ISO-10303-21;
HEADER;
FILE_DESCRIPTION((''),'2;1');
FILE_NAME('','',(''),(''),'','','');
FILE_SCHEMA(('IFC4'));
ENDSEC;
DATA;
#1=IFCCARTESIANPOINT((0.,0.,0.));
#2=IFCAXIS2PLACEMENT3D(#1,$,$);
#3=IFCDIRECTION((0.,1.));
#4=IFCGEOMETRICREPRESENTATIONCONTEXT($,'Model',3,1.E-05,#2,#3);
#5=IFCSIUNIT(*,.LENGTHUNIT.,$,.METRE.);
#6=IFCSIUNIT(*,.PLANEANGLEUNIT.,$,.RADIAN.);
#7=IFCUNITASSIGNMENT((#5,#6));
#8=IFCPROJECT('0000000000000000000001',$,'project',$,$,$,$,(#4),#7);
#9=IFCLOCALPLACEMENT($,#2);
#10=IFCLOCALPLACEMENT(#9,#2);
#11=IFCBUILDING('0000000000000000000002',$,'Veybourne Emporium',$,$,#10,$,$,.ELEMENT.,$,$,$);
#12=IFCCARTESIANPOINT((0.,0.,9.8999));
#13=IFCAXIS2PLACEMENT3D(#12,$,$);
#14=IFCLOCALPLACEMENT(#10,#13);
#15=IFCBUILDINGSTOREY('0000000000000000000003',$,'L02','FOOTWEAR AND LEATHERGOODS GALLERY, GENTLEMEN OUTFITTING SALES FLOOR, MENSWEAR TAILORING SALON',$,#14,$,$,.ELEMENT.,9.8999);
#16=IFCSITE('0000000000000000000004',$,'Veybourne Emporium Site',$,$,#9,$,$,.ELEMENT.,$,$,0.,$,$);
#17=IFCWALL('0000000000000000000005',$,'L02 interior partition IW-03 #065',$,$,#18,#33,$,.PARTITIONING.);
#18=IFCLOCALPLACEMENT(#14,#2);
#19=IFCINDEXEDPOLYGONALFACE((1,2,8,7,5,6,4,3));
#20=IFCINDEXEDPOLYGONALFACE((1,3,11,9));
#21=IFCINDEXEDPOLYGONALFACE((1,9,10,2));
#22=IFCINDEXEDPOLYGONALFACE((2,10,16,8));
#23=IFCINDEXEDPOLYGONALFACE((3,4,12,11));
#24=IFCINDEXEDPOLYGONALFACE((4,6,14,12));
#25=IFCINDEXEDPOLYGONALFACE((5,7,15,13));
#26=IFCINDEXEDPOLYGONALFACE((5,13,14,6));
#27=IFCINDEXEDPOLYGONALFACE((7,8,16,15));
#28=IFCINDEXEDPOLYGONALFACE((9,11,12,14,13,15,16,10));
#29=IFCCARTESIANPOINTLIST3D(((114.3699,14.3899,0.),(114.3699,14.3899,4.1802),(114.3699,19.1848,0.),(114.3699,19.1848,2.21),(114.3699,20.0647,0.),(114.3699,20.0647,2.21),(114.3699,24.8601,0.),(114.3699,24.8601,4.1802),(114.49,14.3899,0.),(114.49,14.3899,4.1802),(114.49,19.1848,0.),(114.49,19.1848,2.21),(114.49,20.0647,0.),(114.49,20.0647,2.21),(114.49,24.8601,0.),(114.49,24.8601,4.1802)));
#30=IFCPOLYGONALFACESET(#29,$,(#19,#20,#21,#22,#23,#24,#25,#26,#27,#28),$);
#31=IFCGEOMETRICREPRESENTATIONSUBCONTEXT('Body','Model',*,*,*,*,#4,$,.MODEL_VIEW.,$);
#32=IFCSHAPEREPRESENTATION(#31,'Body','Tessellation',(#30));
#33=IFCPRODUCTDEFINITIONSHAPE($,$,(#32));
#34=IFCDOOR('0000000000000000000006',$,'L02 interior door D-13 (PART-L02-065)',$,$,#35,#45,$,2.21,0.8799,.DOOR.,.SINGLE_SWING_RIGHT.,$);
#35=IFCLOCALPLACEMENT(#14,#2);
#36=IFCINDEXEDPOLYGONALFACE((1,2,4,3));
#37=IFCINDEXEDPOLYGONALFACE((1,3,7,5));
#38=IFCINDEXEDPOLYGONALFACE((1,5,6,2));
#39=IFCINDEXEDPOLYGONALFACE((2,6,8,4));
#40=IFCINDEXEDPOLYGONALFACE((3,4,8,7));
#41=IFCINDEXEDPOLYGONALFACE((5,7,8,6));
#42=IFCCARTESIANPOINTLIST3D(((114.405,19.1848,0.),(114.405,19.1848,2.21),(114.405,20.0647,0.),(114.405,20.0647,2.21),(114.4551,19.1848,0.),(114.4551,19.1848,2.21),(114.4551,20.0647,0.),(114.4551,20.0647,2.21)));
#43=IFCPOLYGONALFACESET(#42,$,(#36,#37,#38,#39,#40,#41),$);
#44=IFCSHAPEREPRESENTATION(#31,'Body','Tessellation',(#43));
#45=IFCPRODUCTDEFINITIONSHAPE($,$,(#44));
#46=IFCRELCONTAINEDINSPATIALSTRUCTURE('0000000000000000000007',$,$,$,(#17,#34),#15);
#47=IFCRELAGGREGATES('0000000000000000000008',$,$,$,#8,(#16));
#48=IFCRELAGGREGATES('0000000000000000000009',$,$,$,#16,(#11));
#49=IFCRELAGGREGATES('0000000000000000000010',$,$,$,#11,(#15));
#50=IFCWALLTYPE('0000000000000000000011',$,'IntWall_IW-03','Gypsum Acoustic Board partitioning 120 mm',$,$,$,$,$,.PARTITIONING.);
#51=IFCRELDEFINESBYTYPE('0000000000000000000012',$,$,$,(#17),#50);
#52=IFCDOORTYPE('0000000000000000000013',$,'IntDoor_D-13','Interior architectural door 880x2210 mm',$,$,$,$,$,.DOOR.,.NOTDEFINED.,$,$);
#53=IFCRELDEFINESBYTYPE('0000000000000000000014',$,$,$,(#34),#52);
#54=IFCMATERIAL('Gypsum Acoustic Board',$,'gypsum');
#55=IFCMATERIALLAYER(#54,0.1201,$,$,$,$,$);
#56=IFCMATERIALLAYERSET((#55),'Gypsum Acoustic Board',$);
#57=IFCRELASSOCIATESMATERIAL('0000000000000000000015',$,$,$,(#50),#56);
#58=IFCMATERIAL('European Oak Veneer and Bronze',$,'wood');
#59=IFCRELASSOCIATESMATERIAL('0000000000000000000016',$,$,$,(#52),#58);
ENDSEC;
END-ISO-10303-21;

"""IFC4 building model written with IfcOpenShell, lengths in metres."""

from ifc_helpers import new_model, si_unit, direction, frame, frame_2d, origin, place, context, subcontext, project, spatial, rectangle, extrude, material, layer, layer_set, type_object, element, fill, save


model = new_model("IFC4")

# Units and contexts
model_context = context("Model", 3, precision=1e-05, world=origin(), true_north=direction((0.0, 1.0)))
body_context = subcontext(model_context, "Body", "Model", "MODEL_VIEW")
ifc_project = project(units=[si_unit("LENGTHUNIT", "METRE"), si_unit("PLANEANGLEUNIT", "RADIAN")], contexts=[model_context])

# Site, building, storey
site_placement = place(None, origin())
site = spatial("IfcSite", under=ifc_project, at=site_placement, Name="Veybourne Emporium Site", CompositionType="ELEMENT", RefElevation=0.0)
building_placement = place(site_placement, origin())
building = spatial("IfcBuilding", under=site, at=building_placement, Name="Veybourne Emporium", CompositionType="ELEMENT")
storey_placement = place(building_placement, frame((0.0, 0.0, 9.8999)))
storey = spatial("IfcBuildingStorey", under=building, at=storey_placement, Name="L02", Description="FOOTWEAR AND LEATHERGOODS GALLERY, GENTLEMEN OUTFITTING SALES FLOOR, MENSWEAR TAILORING SALON", CompositionType="ELEMENT", Elevation=9.8999)

# Wall, opening, door
ifc_material_1 = material(Name="Gypsum Acoustic Board", Category="gypsum")
ifc_material_2 = material(Name="European Oak Veneer and Bronze", Category="wood")
ifc_layer_1 = layer(ifc_material_1, 0.1201)
ifc_layer_set_1 = layer_set([ifc_layer_1], Name="Gypsum Acoustic Board")
wall_type_1 = type_object("IfcWallType", Name="IntWall_IW-03", Description="Gypsum Acoustic Board partitioning 120 mm", PredefinedType="PARTITIONING", material=ifc_layer_set_1)
wall_1_placement = place(storey_placement, frame((114.4299, 14.3899, 0.0), z_axis=(0.0, 0.0, 1.0), x_axis=(0.0, 1.0, 0.0)))
wall_1 = element("IfcWall", 1, at=wall_1_placement, inside=storey, type_object=wall_type_1, Name="L02 interior partition IW-03 #065", PredefinedType="PARTITIONING", context=body_context, shape_type="SweptSolid", body=[
    extrude(rectangle(XDim=10.4702, YDim=0.1201, at=frame_2d((5.2351, 0.0))), origin(), (0.0, 0.0, 1.0), 4.1802),
])
opening_1_placement = place(wall_1_placement, frame((4.7949, 0.0, 0.0)))
opening_1 = element("IfcOpeningElement", 2, at=opening_1_placement, cuts=wall_1, PredefinedType="OPENING", context=body_context, shape_type="SweptSolid", body=[
    extrude(rectangle(XDim=0.8799, YDim=2.21, at=frame_2d((0.4399, 1.105))), frame((0.0, 0.0801, 0.0), z_axis=(0.0, -1.0, 0.0), x_axis=(1.0, 0.0, 0.0)), (0.0, 0.0, 1.0), 0.1602),
])
door_type_1 = type_object("IfcDoorType", Name="IntDoor_D-13", Description="Interior architectural door 880x2210 mm", OperationType="NOTDEFINED", PredefinedType="DOOR", material=ifc_material_2)
door_1_placement = place(opening_1_placement, origin())
door_1 = element("IfcDoor", 3, at=door_1_placement, inside=storey, type_object=door_type_1, Name="L02 interior door D-13 (PART-L02-065)", OperationType="SINGLE_SWING_RIGHT", OverallHeight=2.21, OverallWidth=0.8799, PredefinedType="DOOR", context=body_context, shape_type="SweptSolid", body=[
    extrude(rectangle(XDim=0.8799, YDim=2.21, at=frame_2d((0.4399, 1.105))), frame((0.0, 0.0249, 0.0), z_axis=(0.0, -1.0, 0.0), x_axis=(1.0, 0.0, 0.0)), (0.0, 0.0, 1.0), 0.05),
])
fill(opening_1, door_1)

save(model, "model.ifc")
